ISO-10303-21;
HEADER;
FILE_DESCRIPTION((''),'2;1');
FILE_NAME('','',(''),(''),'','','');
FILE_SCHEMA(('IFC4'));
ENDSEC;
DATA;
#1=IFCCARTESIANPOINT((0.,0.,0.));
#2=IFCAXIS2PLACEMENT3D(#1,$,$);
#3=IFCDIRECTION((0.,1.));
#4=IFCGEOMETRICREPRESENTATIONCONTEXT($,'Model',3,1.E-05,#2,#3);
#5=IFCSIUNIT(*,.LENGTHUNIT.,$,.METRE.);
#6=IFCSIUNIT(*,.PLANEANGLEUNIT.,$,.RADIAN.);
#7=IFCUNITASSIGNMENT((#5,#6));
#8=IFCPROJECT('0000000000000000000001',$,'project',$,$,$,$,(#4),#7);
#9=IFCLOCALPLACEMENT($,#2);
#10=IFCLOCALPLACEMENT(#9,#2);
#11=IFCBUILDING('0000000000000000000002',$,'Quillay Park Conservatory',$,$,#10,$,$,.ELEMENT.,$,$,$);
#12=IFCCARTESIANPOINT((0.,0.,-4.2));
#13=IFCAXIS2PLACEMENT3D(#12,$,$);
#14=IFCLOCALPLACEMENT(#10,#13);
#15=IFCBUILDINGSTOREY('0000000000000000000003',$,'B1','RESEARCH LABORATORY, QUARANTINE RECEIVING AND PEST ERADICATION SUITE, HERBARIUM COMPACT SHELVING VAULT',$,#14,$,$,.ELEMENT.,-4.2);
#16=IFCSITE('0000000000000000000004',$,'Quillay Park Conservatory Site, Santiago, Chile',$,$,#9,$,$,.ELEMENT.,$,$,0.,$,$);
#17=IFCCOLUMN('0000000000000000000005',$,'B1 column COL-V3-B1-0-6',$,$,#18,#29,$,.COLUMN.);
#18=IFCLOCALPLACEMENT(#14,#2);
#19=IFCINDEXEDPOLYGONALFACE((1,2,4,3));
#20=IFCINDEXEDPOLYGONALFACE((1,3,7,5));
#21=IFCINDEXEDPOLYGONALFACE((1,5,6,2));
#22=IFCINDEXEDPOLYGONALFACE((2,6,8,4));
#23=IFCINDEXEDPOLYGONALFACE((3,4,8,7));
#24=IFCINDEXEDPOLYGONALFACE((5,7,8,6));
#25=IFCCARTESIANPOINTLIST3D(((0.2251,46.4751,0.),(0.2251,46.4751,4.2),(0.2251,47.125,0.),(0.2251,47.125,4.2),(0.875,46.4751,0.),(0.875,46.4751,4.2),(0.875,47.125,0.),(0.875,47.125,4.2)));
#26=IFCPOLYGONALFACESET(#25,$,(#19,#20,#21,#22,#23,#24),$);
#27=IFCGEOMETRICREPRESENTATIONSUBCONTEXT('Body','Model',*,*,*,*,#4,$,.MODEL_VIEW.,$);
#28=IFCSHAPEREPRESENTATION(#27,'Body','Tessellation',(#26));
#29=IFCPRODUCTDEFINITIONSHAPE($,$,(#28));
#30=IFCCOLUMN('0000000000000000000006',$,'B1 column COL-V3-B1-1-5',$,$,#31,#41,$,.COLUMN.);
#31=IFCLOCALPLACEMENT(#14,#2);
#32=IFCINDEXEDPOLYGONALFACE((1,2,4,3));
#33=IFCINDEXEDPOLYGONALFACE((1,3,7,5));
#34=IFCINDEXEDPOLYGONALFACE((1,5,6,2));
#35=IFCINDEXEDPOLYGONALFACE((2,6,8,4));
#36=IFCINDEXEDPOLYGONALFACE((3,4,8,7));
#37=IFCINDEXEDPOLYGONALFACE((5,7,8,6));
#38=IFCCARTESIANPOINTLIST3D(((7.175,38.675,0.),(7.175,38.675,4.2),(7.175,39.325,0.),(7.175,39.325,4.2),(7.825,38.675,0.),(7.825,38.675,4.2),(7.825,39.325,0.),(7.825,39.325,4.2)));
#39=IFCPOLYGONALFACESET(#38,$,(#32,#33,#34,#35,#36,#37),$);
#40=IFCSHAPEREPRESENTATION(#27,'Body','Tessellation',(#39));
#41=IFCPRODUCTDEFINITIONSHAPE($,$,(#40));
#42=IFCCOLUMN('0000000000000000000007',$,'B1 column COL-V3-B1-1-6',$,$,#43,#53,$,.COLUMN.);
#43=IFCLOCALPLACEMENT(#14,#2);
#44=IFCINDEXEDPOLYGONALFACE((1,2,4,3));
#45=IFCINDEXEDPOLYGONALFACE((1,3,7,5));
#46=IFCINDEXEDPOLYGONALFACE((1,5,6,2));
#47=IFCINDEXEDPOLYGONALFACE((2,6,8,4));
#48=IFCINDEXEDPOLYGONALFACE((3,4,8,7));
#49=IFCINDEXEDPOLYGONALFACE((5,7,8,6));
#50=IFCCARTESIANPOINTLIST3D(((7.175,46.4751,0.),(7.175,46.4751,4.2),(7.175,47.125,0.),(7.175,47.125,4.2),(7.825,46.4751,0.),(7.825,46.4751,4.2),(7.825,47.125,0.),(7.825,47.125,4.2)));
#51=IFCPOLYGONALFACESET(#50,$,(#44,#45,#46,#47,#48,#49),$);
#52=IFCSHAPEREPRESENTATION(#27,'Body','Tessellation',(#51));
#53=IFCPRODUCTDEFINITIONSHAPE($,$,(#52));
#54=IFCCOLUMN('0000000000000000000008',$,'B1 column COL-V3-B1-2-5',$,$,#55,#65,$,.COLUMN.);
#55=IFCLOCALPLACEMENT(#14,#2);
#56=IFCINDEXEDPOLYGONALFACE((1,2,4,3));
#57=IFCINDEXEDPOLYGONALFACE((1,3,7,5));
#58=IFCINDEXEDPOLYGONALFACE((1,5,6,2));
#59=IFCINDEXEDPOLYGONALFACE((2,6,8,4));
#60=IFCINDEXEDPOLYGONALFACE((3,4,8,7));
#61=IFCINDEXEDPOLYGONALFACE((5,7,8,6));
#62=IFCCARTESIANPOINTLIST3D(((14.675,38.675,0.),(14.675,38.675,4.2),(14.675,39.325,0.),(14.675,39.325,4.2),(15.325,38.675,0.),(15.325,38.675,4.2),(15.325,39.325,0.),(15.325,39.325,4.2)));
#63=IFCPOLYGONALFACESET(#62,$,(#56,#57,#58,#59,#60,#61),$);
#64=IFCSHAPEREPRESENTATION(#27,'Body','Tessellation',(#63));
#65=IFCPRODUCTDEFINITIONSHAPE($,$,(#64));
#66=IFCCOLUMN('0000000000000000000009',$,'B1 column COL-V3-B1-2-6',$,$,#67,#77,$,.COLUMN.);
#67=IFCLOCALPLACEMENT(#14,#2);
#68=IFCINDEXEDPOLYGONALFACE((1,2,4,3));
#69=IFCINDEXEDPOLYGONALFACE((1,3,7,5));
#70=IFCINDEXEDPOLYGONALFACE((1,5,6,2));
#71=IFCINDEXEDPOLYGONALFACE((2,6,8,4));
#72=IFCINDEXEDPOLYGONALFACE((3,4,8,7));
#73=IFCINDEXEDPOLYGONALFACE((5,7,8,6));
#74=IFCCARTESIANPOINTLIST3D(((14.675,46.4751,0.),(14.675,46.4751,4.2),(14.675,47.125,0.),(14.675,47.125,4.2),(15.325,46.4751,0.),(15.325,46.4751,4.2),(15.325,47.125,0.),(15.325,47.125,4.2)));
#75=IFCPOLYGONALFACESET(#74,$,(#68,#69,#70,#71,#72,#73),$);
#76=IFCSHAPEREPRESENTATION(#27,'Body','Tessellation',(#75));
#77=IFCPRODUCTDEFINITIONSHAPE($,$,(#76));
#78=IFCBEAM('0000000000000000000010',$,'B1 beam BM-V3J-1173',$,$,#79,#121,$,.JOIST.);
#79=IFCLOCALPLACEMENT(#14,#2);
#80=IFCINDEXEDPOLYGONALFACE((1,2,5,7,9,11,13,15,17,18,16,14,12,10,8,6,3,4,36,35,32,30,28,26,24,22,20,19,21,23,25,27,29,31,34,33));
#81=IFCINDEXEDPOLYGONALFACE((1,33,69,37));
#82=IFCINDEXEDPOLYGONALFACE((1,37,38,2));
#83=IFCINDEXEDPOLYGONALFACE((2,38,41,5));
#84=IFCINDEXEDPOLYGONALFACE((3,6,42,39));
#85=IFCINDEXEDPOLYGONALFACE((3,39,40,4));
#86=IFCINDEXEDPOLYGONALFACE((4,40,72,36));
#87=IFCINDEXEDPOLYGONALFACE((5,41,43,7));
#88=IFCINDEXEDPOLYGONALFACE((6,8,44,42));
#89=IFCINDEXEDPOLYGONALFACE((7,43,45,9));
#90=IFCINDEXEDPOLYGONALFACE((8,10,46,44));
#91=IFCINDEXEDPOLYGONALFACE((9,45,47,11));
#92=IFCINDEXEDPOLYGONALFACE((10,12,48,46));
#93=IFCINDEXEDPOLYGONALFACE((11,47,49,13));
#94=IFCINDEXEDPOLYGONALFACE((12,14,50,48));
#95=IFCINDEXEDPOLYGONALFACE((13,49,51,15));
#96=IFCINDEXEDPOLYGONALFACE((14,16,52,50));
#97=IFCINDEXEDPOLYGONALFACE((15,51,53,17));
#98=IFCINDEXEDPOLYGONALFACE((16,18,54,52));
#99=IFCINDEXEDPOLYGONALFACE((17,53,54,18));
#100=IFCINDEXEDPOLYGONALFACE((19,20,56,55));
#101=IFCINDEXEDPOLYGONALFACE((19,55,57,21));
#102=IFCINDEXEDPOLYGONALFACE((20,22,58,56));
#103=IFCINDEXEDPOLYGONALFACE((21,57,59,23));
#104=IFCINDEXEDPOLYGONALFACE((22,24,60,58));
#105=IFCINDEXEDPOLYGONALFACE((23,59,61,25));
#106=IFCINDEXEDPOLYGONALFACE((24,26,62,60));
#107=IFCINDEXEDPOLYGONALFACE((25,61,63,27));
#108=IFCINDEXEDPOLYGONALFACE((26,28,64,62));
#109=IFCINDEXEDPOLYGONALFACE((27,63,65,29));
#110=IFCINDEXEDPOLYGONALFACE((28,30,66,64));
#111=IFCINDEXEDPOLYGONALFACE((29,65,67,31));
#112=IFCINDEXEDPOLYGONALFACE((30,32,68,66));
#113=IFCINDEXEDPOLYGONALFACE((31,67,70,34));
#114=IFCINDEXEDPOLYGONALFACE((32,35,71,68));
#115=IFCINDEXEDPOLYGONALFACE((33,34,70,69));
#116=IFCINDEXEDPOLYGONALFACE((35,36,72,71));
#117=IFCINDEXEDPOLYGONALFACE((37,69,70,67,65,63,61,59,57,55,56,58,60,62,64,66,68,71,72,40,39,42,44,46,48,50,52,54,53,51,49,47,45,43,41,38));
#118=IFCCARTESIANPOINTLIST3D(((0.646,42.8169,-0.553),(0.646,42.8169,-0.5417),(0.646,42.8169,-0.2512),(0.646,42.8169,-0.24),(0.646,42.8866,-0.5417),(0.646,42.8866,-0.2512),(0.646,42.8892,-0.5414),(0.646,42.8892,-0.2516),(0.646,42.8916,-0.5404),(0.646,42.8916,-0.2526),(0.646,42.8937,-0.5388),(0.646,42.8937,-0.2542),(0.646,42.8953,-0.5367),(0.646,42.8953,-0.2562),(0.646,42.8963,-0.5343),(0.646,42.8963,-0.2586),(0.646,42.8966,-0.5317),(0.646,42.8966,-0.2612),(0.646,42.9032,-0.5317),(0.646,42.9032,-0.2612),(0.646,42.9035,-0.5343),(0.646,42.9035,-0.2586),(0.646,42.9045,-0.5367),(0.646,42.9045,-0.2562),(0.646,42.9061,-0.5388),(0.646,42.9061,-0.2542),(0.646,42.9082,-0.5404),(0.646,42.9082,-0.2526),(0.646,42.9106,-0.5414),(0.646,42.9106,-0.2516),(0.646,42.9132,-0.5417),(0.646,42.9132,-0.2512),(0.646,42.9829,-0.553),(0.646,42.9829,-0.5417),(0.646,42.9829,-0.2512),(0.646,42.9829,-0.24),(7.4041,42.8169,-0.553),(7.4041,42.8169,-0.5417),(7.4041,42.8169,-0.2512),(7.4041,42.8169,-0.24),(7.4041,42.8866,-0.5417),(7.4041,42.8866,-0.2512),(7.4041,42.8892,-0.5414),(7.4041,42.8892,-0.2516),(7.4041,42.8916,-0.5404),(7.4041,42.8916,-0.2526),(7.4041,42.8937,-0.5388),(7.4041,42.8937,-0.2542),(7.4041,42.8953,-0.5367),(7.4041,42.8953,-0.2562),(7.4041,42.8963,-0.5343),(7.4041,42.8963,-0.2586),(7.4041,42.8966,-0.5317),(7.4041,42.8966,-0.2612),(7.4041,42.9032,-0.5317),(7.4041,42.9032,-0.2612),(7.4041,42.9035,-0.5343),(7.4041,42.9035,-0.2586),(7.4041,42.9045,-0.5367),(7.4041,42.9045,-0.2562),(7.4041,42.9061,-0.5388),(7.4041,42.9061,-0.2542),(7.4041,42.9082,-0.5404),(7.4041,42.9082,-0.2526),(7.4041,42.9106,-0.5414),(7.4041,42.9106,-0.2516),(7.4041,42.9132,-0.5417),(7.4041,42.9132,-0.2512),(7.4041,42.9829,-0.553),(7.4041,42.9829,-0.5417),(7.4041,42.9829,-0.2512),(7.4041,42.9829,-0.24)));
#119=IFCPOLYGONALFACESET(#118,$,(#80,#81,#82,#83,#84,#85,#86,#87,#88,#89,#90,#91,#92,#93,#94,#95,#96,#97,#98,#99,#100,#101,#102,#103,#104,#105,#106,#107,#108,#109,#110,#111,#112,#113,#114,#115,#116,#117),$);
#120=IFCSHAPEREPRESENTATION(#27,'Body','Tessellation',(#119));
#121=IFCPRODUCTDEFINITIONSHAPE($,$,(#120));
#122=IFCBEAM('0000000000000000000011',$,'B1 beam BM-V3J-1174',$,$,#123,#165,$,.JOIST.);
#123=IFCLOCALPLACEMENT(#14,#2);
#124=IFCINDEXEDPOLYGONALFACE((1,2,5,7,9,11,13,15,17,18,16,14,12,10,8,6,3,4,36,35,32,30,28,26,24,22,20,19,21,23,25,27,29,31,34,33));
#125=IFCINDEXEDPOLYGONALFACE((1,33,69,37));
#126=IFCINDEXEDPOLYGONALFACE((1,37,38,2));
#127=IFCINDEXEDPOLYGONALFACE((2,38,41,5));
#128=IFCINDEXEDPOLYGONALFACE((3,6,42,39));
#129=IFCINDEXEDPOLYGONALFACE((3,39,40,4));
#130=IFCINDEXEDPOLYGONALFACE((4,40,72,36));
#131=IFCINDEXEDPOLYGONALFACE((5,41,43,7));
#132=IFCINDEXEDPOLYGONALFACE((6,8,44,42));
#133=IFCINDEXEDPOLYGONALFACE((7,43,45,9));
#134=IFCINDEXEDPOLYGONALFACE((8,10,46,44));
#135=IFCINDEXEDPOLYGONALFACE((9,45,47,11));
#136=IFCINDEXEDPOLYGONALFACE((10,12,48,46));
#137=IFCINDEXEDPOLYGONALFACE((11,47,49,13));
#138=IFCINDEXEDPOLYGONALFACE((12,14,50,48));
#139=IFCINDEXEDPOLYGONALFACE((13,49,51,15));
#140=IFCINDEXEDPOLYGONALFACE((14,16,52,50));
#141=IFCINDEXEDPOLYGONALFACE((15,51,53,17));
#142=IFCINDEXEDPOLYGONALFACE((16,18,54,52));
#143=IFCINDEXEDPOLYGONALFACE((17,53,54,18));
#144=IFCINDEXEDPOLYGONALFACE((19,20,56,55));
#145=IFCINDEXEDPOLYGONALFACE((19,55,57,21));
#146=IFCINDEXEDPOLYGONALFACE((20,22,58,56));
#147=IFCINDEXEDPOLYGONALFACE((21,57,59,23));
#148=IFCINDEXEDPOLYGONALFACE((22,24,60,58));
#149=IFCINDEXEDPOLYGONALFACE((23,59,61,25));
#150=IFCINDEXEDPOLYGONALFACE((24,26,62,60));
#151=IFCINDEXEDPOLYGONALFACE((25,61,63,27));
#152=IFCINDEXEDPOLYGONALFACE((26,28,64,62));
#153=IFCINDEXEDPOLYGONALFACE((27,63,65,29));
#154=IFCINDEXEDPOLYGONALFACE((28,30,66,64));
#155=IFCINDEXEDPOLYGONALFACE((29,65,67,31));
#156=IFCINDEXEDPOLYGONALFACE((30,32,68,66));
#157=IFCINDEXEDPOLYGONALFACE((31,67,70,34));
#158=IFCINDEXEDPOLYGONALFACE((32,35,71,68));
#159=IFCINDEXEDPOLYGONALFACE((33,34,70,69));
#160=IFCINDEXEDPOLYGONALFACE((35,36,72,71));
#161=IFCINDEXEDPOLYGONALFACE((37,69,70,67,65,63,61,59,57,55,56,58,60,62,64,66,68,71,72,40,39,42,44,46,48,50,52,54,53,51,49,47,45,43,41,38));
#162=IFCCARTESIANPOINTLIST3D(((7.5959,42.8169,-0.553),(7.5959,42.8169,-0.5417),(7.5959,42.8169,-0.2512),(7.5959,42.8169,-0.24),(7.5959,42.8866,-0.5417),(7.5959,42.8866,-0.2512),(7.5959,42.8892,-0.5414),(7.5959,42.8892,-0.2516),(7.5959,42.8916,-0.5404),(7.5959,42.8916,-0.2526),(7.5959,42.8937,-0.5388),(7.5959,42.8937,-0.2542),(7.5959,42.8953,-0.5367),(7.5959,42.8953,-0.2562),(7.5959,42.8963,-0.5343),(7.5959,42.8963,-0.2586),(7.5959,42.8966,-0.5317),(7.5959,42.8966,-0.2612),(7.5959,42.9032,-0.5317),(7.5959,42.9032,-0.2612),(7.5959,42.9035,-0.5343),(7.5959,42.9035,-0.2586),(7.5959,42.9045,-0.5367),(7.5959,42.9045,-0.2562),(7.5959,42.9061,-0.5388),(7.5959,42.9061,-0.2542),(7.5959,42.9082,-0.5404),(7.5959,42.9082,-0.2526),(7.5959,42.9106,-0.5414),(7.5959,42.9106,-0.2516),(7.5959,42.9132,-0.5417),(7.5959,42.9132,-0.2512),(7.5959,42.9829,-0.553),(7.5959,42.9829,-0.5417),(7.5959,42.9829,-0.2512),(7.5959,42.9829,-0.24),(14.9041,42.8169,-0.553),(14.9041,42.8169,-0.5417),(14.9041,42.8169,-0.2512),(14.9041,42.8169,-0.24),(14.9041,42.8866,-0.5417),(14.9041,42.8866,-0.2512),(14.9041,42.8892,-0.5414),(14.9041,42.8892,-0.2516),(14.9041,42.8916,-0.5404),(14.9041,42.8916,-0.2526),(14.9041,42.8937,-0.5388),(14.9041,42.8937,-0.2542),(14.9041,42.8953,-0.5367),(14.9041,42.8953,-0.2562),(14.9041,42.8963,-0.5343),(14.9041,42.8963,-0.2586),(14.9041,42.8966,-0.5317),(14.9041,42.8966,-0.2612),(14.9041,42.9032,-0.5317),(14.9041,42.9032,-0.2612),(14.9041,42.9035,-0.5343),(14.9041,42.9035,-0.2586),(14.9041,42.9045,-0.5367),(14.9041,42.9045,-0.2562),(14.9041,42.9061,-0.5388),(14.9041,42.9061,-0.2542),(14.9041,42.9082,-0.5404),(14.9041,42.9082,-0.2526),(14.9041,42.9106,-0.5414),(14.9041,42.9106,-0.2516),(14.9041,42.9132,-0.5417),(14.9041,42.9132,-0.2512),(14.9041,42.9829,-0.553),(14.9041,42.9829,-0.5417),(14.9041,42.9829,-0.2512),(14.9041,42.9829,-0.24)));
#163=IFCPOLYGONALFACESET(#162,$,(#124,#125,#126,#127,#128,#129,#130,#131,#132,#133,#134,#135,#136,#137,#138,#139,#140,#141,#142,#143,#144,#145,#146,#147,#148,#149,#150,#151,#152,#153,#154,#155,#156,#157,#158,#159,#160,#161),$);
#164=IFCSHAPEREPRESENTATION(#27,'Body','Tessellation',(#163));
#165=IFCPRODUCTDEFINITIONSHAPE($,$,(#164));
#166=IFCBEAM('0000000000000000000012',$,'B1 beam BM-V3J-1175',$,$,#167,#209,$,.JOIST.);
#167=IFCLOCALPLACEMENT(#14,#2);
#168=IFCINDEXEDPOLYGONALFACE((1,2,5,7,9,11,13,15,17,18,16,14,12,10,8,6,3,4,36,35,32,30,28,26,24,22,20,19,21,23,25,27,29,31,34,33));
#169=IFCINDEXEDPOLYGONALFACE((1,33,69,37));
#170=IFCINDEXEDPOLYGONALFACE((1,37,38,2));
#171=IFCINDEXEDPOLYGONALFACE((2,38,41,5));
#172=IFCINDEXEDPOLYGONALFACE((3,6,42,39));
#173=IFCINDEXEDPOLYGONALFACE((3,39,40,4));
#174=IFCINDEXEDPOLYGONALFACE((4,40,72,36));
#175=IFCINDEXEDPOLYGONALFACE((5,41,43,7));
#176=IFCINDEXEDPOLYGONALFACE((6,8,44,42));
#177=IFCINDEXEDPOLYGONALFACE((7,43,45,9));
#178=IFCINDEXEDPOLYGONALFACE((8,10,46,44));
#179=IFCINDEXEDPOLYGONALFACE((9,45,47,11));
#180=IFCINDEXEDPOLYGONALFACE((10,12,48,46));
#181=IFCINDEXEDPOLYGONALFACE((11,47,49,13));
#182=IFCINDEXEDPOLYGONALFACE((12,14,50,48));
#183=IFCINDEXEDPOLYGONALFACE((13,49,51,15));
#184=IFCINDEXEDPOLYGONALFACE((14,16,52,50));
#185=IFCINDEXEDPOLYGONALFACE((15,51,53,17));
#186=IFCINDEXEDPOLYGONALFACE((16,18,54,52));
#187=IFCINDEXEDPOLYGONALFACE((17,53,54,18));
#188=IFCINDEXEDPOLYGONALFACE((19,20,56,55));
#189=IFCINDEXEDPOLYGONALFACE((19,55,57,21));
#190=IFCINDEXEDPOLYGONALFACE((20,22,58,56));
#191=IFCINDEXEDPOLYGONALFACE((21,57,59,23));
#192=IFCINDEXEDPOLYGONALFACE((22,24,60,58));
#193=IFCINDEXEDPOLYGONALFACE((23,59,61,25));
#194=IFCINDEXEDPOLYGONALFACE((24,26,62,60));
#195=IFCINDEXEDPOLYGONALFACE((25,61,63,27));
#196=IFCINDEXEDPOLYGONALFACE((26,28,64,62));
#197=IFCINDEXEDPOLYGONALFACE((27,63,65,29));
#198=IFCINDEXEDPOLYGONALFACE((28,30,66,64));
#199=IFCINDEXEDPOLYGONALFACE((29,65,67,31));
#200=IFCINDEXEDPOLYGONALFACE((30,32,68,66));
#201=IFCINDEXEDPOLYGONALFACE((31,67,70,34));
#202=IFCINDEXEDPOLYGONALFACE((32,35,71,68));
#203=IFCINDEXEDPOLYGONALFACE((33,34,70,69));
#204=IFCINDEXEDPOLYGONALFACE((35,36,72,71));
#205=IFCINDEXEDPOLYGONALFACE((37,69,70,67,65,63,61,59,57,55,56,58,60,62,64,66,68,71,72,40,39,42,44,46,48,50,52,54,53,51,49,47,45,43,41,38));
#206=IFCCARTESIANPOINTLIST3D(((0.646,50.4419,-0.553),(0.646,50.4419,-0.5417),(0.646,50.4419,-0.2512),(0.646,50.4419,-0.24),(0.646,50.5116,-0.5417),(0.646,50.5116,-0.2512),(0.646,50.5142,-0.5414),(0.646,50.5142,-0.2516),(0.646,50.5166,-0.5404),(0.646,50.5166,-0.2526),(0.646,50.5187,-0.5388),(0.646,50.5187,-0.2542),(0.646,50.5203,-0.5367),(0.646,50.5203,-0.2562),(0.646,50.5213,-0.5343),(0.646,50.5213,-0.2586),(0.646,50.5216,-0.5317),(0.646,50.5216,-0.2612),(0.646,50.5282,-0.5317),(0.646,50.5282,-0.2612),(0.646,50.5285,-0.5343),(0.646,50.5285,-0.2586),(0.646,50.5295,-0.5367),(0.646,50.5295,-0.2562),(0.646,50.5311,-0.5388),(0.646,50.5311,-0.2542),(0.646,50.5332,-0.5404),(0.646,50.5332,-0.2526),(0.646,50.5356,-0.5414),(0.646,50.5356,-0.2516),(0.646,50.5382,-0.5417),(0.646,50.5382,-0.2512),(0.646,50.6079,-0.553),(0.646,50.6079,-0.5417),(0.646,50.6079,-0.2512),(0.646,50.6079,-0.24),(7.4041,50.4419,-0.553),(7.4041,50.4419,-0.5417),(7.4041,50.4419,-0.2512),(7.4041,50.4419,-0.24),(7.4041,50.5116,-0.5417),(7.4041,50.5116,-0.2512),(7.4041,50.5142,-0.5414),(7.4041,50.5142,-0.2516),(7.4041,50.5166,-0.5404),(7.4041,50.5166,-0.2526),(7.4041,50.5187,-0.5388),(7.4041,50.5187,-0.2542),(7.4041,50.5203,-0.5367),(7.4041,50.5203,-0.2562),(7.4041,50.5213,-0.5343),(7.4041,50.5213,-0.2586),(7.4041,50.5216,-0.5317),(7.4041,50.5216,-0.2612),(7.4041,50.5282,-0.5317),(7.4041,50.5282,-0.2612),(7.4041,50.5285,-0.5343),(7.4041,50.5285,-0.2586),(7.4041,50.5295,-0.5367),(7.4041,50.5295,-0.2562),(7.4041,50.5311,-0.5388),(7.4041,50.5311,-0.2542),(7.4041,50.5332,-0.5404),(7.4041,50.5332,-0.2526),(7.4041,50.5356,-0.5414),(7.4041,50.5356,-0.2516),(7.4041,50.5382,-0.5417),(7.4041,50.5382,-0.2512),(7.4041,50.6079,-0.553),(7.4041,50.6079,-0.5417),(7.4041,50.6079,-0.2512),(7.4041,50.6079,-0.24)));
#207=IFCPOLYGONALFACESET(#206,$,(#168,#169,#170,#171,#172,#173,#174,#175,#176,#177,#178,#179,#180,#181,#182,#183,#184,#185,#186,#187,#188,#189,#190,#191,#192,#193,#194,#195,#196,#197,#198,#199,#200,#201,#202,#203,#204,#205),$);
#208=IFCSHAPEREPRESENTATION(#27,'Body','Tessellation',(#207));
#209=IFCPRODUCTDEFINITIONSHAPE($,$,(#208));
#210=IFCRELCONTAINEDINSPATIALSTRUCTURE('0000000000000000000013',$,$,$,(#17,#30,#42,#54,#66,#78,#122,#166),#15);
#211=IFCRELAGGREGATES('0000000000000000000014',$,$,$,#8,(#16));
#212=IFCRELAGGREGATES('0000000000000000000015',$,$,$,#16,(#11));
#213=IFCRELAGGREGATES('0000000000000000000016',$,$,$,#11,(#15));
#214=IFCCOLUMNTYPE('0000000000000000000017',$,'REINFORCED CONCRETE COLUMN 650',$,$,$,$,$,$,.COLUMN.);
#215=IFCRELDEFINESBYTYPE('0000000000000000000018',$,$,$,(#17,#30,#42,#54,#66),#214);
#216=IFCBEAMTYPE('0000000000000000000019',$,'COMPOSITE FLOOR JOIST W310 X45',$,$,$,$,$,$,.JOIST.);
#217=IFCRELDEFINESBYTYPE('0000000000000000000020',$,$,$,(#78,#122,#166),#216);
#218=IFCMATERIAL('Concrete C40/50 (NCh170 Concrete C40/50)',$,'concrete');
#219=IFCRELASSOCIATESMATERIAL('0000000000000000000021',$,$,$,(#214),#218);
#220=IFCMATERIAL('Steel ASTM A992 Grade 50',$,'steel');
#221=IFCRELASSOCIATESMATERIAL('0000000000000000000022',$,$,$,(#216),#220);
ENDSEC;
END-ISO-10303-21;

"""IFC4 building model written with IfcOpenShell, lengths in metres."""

from ifc_helpers import new_model, si_unit, direction, frame, origin, origin_2d, place, context, subcontext, project, spatial, rectangle, i_section, extrude, material, material_profile, profile_set, type_object, element, save


model = new_model("IFC4")

# Units and contexts
model_context = context("Model", 3, precision=1e-05, world=origin(), true_north=direction((0.0, 1.0)))
body_context = subcontext(model_context, "Body", "Model", "MODEL_VIEW")
ifc_project = project(units=[si_unit("LENGTHUNIT", "METRE"), si_unit("PLANEANGLEUNIT", "RADIAN")], contexts=[model_context])

# Site, building, storey
site_placement = place(None, origin())
site = spatial("IfcSite", under=ifc_project, at=site_placement, Name="Quillay Park Conservatory Site, Santiago, Chile", CompositionType="ELEMENT", RefElevation=0.0)
building_placement = place(site_placement, origin())
building = spatial("IfcBuilding", under=site, at=building_placement, Name="Quillay Park Conservatory", CompositionType="ELEMENT")
storey_placement = place(building_placement, frame((0.0, 0.0, -4.2)))
storey = spatial("IfcBuildingStorey", under=building, at=storey_placement, Name="B1", Description="RESEARCH LABORATORY, QUARANTINE RECEIVING AND PEST ERADICATION SUITE, HERBARIUM COMPACT SHELVING VAULT", CompositionType="ELEMENT", Elevation=-4.2)

# Columns
ifc_material_1 = material(Name="Concrete C40/50 (NCh170 Concrete C40/50)", Category="concrete")
ifc_material_profile_1 = material_profile(ifc_material_1, rectangle(XDim=0.6499, YDim=0.6499, at=origin_2d()), Name="RC650x650")
ifc_profile_set_1 = profile_set([ifc_material_profile_1], Name="Concrete C40/50 (NCh170 Concrete C40/50)")
column_type = type_object("IfcColumnType", Name="REINFORCED CONCRETE COLUMN 650", PredefinedType="COLUMN", material=ifc_profile_set_1)
for number, where, z_axis, x_axis, name in (
    (1, (0.55, 46.8, 0.0), (0.0, 0.0, 1.0), (1.0, 0.0, 0.0), "B1 column COL-V3-B1-0-6"),
    (2, (7.5, 39.0, 0.0), (0.0, 0.0, 1.0), (1.0, 0.0, 0.0), "B1 column COL-V3-B1-1-5"),
    (3, (7.5, 46.8, 0.0), (0.0, 0.0, 1.0), (1.0, 0.0, 0.0), "B1 column COL-V3-B1-1-6"),
    (4, (15.0, 39.0, 0.0), (0.0, 0.0, 1.0), (1.0, 0.0, 0.0), "B1 column COL-V3-B1-2-5"),
    (5, (15.0, 46.8, 0.0), (0.0, 0.0, 1.0), (1.0, 0.0, 0.0), "B1 column COL-V3-B1-2-6"),
):
    element("IfcColumn", number, at=place(storey_placement, frame(where, z_axis=z_axis, x_axis=x_axis)), inside=storey, type_object=column_type, Name=name, PredefinedType="COLUMN", context=body_context, shape_type="SweptSolid", body=[
        extrude(rectangle(XDim=0.6499, YDim=0.6499, at=origin_2d()), origin(), (0.0, 0.0, 1.0), 4.2),
    ])

# Beams
ifc_material_2 = material(Name="Steel ASTM A992 Grade 50", Category="steel")
ifc_material_profile_2 = material_profile(ifc_material_2, i_section(OverallWidth=0.166, OverallDepth=0.313, WebThickness=0.0066, FlangeThickness=0.0112, FilletRadius=0.01, at=origin_2d()), Name="W310x45")
ifc_profile_set_2 = profile_set([ifc_material_profile_2], Name="Steel ASTM A992 Grade 50")
beam_type_1 = type_object("IfcBeamType", Name="COMPOSITE FLOOR JOIST W310 X45", PredefinedType="JOIST", material=ifc_profile_set_2)
beam_1_placement = place(storey_placement, frame((0.646, 42.8999, -0.3965), z_axis=(1.0, 0.0, 0.0), x_axis=(0.0, 1.0, 0.0)))
element("IfcBeam", 6, at=beam_1_placement, inside=storey, type_object=beam_type_1, Name="B1 beam BM-V3J-1173", PredefinedType="JOIST", context=body_context, shape_type="SweptSolid", body=[
    extrude(i_section(OverallWidth=0.166, OverallDepth=0.313, WebThickness=0.0066, FlangeThickness=0.0112, FilletRadius=0.01, at=origin_2d()), origin(), (0.0, 0.0, 1.0), 6.7581),
])
beam_2_placement = place(storey_placement, frame((7.5959, 42.8999, -0.3965), z_axis=(1.0, 0.0, 0.0), x_axis=(0.0, 1.0, 0.0)))
element("IfcBeam", 7, at=beam_2_placement, inside=storey, type_object=beam_type_1, Name="B1 beam BM-V3J-1174", PredefinedType="JOIST", context=body_context, shape_type="SweptSolid", body=[
    extrude(i_section(OverallWidth=0.166, OverallDepth=0.313, WebThickness=0.0066, FlangeThickness=0.0112, FilletRadius=0.01, at=origin_2d()), origin(), (0.0, 0.0, 1.0), 7.3081),
])
beam_3_placement = place(storey_placement, frame((0.646, 50.5249, -0.3965), z_axis=(1.0, 0.0, 0.0), x_axis=(0.0, 1.0, 0.0)))
element("IfcBeam", 8, at=beam_3_placement, inside=storey, type_object=beam_type_1, Name="B1 beam BM-V3J-1175", PredefinedType="JOIST", context=body_context, shape_type="SweptSolid", body=[
    extrude(i_section(OverallWidth=0.166, OverallDepth=0.313, WebThickness=0.0066, FlangeThickness=0.0112, FilletRadius=0.01, at=origin_2d()), origin(), (0.0, 0.0, 1.0), 6.7581),
])

save(model, "model.ifc")
